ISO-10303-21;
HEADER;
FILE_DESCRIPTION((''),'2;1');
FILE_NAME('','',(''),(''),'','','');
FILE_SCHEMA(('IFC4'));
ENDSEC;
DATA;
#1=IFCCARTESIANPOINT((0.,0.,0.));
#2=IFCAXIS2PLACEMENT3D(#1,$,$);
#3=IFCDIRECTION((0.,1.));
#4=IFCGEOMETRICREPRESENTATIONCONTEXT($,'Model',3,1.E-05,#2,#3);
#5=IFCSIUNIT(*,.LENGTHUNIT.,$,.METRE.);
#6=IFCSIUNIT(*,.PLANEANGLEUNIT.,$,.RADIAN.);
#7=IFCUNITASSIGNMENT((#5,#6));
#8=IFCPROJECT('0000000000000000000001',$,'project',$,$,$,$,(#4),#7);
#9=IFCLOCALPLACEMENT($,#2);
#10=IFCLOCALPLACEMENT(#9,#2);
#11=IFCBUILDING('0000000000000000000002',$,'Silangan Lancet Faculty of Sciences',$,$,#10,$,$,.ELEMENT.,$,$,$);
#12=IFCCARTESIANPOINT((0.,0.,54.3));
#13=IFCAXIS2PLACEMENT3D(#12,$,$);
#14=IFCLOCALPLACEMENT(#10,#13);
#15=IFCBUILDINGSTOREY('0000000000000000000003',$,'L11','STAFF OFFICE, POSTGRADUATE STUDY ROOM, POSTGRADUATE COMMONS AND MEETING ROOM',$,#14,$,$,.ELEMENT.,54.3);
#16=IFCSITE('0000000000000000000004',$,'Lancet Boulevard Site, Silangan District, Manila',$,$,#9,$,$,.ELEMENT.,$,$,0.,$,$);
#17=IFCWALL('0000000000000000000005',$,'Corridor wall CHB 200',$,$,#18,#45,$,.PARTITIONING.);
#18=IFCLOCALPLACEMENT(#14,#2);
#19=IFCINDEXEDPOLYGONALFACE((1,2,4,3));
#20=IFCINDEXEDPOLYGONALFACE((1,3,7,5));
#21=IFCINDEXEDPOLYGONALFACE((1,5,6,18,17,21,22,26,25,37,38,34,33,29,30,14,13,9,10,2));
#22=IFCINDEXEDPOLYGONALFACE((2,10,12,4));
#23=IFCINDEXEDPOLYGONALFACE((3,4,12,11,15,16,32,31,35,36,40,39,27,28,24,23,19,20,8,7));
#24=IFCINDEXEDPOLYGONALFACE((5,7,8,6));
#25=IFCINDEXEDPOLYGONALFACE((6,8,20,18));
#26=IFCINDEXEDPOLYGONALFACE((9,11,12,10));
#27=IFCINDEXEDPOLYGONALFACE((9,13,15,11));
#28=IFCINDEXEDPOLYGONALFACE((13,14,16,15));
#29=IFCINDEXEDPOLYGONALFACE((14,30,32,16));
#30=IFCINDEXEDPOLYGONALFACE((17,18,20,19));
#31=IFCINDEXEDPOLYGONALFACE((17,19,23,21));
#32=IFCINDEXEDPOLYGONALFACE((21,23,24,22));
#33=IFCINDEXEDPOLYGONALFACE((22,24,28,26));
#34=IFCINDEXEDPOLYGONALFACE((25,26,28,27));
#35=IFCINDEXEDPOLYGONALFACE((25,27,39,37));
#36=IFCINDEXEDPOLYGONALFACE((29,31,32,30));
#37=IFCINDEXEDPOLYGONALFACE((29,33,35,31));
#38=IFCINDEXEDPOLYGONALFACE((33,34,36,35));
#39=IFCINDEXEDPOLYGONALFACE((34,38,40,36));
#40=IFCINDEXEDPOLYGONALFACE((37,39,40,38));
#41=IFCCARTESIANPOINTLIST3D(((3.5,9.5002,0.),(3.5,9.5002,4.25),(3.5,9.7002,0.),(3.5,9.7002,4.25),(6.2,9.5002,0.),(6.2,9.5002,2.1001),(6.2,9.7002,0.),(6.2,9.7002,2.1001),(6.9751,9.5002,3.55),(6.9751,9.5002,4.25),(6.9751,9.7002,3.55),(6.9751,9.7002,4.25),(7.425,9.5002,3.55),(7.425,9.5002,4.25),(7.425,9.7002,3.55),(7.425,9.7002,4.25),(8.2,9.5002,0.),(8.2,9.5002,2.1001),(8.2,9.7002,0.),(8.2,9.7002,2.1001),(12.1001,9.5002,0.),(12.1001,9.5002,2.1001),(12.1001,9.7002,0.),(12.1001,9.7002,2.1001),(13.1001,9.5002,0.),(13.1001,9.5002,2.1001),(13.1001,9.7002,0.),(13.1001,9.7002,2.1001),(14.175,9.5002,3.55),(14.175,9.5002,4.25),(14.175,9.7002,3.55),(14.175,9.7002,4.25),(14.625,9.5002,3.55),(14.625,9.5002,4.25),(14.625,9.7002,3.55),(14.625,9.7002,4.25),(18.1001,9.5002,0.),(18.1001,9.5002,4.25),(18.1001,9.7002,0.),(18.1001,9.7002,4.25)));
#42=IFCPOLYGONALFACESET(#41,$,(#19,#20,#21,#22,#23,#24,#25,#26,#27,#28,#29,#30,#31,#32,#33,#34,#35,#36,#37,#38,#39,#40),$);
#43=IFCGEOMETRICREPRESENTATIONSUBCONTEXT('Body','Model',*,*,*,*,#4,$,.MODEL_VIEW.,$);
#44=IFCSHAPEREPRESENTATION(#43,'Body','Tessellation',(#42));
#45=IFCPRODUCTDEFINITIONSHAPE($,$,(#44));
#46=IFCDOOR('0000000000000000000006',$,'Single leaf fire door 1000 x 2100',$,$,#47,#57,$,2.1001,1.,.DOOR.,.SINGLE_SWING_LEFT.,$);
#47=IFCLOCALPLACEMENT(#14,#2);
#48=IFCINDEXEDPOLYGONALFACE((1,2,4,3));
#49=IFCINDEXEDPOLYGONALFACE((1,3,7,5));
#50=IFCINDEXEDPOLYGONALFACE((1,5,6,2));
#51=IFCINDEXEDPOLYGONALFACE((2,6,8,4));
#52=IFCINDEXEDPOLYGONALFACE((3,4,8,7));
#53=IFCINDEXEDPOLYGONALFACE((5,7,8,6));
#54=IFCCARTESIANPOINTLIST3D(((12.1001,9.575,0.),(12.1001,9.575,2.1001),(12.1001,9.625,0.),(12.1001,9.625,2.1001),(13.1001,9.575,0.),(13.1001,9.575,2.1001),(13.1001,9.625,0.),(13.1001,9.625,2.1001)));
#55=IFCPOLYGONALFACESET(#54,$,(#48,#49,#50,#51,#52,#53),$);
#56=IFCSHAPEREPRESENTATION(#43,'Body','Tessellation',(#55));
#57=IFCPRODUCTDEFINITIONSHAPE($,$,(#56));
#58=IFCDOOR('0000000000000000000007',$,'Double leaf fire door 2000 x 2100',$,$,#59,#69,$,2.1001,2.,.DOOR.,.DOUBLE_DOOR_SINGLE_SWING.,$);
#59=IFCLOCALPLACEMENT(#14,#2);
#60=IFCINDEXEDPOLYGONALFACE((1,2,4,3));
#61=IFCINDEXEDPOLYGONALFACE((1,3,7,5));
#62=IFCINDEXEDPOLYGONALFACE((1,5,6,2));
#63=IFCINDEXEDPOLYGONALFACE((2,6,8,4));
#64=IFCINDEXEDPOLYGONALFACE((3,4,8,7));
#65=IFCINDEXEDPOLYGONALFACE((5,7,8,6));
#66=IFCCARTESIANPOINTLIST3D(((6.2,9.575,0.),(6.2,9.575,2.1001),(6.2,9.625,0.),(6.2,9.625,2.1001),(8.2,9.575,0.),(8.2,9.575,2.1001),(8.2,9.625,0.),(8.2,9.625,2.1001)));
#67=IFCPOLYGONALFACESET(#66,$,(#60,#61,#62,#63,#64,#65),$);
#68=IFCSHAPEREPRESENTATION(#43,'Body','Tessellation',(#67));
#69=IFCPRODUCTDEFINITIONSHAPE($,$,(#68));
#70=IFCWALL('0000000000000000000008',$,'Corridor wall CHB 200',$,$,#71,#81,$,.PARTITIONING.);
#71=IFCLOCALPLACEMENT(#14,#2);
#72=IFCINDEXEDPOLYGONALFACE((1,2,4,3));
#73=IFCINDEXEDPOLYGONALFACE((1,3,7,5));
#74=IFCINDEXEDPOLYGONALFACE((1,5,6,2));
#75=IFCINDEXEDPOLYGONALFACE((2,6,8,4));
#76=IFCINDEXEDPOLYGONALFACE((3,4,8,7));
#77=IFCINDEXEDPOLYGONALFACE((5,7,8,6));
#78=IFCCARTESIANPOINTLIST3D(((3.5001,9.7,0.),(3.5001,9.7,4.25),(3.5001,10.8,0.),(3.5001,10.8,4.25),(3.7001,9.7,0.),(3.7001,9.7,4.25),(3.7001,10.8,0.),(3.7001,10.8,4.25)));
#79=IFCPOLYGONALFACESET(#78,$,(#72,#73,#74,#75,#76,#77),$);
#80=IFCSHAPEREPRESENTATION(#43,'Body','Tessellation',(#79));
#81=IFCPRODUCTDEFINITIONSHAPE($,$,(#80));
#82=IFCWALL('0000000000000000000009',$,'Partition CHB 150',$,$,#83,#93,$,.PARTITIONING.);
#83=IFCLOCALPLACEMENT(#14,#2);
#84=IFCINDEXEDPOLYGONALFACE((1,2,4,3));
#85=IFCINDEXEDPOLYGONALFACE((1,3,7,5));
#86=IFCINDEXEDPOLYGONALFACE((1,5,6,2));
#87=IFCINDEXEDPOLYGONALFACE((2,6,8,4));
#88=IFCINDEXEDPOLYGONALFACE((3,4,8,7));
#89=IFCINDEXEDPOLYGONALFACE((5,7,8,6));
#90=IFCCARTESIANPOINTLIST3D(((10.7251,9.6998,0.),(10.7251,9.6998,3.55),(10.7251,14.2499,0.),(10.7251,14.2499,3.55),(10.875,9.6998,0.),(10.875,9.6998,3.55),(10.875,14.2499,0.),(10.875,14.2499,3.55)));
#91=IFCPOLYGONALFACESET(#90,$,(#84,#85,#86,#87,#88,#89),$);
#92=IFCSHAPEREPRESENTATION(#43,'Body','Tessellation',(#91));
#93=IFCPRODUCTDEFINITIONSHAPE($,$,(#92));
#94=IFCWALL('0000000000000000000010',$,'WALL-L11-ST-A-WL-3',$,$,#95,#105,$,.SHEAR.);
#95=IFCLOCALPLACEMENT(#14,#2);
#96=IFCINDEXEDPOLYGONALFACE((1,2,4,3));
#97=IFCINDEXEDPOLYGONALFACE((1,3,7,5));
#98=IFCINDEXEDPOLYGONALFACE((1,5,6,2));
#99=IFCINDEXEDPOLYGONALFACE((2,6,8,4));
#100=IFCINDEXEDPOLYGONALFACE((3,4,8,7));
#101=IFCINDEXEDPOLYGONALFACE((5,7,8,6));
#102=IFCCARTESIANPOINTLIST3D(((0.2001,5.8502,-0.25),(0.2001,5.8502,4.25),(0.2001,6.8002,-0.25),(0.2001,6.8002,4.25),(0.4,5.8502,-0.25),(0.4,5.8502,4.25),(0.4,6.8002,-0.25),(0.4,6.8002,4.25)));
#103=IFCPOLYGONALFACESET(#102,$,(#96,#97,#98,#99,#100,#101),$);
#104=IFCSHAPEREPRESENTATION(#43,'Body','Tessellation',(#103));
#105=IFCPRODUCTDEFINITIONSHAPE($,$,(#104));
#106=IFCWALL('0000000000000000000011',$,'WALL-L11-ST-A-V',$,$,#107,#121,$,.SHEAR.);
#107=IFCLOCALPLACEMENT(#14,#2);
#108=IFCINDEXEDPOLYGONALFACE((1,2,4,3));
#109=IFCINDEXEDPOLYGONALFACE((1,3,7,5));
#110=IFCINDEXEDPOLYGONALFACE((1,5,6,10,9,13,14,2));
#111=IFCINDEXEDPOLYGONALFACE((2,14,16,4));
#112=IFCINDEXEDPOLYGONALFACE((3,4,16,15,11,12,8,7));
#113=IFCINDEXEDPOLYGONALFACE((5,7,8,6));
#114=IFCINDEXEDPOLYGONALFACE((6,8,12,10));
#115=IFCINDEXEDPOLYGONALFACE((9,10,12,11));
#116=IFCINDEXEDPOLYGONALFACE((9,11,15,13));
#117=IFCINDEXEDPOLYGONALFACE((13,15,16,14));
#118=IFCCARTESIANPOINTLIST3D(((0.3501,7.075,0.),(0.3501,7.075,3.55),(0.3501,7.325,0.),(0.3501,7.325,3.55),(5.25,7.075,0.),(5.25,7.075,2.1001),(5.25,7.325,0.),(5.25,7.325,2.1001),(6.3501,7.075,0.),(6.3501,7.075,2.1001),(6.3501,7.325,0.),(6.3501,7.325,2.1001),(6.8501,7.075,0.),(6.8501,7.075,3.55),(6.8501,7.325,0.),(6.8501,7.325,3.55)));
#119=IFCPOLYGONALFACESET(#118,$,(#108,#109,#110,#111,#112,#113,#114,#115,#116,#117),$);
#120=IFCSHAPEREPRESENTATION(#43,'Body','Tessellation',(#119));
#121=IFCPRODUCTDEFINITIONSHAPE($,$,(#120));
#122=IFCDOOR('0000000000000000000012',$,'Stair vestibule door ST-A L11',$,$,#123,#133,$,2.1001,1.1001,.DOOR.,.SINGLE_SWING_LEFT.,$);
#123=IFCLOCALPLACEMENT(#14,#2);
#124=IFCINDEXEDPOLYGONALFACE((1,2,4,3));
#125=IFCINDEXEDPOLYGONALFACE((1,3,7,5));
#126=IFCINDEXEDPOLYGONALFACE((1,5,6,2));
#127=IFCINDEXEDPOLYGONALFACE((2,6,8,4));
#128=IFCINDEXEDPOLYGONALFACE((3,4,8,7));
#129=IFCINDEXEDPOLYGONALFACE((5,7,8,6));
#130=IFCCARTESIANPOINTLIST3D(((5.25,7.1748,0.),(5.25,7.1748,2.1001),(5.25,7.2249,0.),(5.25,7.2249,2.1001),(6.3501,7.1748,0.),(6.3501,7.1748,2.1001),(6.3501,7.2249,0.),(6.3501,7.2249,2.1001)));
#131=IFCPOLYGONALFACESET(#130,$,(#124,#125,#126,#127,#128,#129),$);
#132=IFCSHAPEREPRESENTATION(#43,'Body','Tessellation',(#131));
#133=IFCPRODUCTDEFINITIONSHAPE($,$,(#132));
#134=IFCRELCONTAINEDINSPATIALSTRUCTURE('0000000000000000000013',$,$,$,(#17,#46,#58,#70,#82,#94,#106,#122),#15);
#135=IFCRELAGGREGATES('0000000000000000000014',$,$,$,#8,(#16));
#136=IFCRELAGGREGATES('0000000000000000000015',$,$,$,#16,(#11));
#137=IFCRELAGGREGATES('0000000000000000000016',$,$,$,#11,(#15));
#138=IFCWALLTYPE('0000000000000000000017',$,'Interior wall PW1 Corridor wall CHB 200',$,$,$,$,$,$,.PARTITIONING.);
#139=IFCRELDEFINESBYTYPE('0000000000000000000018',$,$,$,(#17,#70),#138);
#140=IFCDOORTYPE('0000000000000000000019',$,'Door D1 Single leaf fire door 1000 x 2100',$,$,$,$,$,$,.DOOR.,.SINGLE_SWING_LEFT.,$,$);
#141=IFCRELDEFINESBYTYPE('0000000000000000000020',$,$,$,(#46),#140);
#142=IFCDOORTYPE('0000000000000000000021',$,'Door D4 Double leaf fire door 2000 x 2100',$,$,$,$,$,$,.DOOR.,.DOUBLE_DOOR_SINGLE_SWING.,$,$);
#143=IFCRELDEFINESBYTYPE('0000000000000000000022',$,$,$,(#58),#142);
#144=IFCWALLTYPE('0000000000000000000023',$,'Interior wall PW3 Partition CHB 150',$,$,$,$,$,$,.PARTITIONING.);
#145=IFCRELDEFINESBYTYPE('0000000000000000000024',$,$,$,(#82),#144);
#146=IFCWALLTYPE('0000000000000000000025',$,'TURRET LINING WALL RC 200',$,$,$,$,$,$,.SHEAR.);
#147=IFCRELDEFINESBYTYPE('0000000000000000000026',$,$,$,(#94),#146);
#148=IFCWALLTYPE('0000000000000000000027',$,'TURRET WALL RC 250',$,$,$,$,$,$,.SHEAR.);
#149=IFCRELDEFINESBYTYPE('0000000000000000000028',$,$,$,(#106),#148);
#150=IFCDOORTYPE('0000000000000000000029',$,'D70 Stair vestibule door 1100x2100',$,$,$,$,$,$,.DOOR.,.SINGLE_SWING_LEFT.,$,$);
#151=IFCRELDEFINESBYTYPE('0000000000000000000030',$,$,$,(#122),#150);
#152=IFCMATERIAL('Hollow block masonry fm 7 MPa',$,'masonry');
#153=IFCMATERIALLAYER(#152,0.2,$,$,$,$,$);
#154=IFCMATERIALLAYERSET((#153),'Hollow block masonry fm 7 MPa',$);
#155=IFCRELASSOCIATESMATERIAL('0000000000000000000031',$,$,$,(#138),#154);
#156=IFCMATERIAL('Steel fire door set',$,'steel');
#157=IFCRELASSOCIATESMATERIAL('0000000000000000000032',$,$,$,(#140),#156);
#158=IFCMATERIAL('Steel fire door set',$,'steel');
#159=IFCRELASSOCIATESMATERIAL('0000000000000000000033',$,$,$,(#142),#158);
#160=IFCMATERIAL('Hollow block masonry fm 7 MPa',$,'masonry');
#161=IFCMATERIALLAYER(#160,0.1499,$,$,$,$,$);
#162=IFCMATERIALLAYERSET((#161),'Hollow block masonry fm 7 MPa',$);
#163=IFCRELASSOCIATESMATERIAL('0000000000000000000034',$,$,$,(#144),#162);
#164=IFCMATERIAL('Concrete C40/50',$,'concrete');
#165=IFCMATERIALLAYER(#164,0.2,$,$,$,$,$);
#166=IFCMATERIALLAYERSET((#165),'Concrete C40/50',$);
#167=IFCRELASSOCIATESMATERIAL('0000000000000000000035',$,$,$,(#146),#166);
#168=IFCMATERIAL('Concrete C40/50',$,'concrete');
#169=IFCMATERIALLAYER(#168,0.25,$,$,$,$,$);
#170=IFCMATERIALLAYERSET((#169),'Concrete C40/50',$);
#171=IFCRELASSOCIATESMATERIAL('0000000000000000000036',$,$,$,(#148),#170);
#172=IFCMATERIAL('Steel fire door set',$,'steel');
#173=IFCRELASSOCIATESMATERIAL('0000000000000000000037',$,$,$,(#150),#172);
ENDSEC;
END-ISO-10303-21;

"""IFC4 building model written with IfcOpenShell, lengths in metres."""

from ifc_helpers import new_model, si_unit, direction, frame, frame_2d, origin, place, context, subcontext, project, spatial, polyline, rectangle, outline, extrude, material, layer, layer_set, type_object, element, fill, save


model = new_model("IFC4")

# Units and contexts
model_context = context("Model", 3, precision=1e-05, world=origin(), true_north=direction((0.0, 1.0)))
body_context = subcontext(model_context, "Body", "Model", "MODEL_VIEW")
ifc_project = project(units=[si_unit("LENGTHUNIT", "METRE"), si_unit("PLANEANGLEUNIT", "RADIAN")], contexts=[model_context])

# Site, building, storey
site_placement = place(None, origin())
site = spatial("IfcSite", under=ifc_project, at=site_placement, Name="Lancet Boulevard Site, Silangan District, Manila", CompositionType="ELEMENT", RefElevation=0.0)
building_placement = place(site_placement, origin())
building = spatial("IfcBuilding", under=site, at=building_placement, Name="Silangan Lancet Faculty of Sciences", CompositionType="ELEMENT")
storey_placement = place(building_placement, frame((0.0, 0.0, 54.3)))
storey = spatial("IfcBuildingStorey", under=building, at=storey_placement, Name="L11", Description="STAFF OFFICE, POSTGRADUATE STUDY ROOM, POSTGRADUATE COMMONS AND MEETING ROOM", CompositionType="ELEMENT", Elevation=54.3)

# Shared definitions
ifc_material_1 = material(Name="Hollow block masonry fm 7 MPa", Category="masonry")
ifc_layer_1 = layer(ifc_material_1, 0.2)
ifc_layer_set_1 = layer_set([ifc_layer_1], Name="Hollow block masonry fm 7 MPa")
wall_type_1 = type_object("IfcWallType", Name="Interior wall PW1 Corridor wall CHB 200", PredefinedType="PARTITIONING", material=ifc_layer_set_1)
ifc_material_2 = material(Name="Steel fire door set", Category="steel")
door_type_1 = type_object("IfcDoorType", Name="Door D1 Single leaf fire door 1000 x 2100", OperationType="SINGLE_SWING_LEFT", PredefinedType="DOOR", material=ifc_material_2)

# Wall, openings, doors
wall_1_placement = place(storey_placement, frame((3.5, 9.6001, 0.0), z_axis=(0.0, 0.0, 1.0), x_axis=(1.0, 0.0, 0.0)))
wall_1 = element("IfcWall", 1, at=wall_1_placement, inside=storey, type_object=wall_type_1, Name="Corridor wall CHB 200", PredefinedType="PARTITIONING", context=body_context, shape_type="SweptSolid", body=[
    extrude(outline(polyline([(0.0, 0.0), (14.6001, 0.0), (14.6001, 4.25), (11.125, 4.25), (11.125, 3.55), (10.675, 3.55), (10.675, 4.25), (3.925, 4.25), (3.925, 3.55), (3.4751, 3.55), (3.4751, 4.25), (0.0, 4.25), (0.0, 0.0)])), frame((0.0, 0.1001, 0.0), z_axis=(0.0, -1.0, 0.0), x_axis=(1.0, 0.0, 0.0)), (0.0, 0.0, 1.0), 0.2),
])
opening_1_placement = place(wall_1_placement, frame((2.7, 0.0, 0.0)))
opening_1 = element("IfcOpeningElement", 2, at=opening_1_placement, cuts=wall_1, PredefinedType="OPENING", context=body_context, shape_type="SweptSolid", body=[
    extrude(rectangle(XDim=2.0, YDim=2.1001, at=frame_2d((1.0, 1.05))), frame((0.0, 0.1099, 0.0), z_axis=(0.0, -1.0, 0.0), x_axis=(1.0, 0.0, 0.0)), (0.0, 0.0, 1.0), 0.22),
])
opening_2_placement = place(wall_1_placement, frame((8.6001, 0.0, 0.0)))
opening_2 = element("IfcOpeningElement", 3, at=opening_2_placement, cuts=wall_1, PredefinedType="OPENING", context=body_context, shape_type="SweptSolid", body=[
    extrude(rectangle(XDim=1.0, YDim=2.1001, at=frame_2d((0.5, 1.05))), frame((0.0, 0.1099, 0.0), z_axis=(0.0, -1.0, 0.0), x_axis=(1.0, 0.0, 0.0)), (0.0, 0.0, 1.0), 0.22),
])
door_1_placement = place(opening_2_placement, origin())
door_1 = element("IfcDoor", 4, at=door_1_placement, inside=storey, type_object=door_type_1, Name="Single leaf fire door 1000 x 2100", OperationType="SINGLE_SWING_LEFT", OverallHeight=2.1001, OverallWidth=1.0, PredefinedType="DOOR", context=body_context, shape_type="SweptSolid", body=[
    extrude(rectangle(XDim=1.0, YDim=2.1001, at=frame_2d((0.5, 1.05))), frame((0.0, 0.0249, 0.0), z_axis=(0.0, -1.0, 0.0), x_axis=(1.0, 0.0, 0.0)), (0.0, 0.0, 1.0), 0.05),
])
fill(opening_2, door_1)
ifc_material_3 = material(Name="Steel fire door set", Category="steel")
door_type_2 = type_object("IfcDoorType", Name="Door D4 Double leaf fire door 2000 x 2100", OperationType="DOUBLE_DOOR_SINGLE_SWING", PredefinedType="DOOR", material=ifc_material_3)
door_2_placement = place(opening_1_placement, origin())
door_2 = element("IfcDoor", 5, at=door_2_placement, inside=storey, type_object=door_type_2, Name="Double leaf fire door 2000 x 2100", OperationType="DOUBLE_DOOR_SINGLE_SWING", OverallHeight=2.1001, OverallWidth=2.0, PredefinedType="DOOR", context=body_context, shape_type="SweptSolid", body=[
    extrude(rectangle(XDim=2.0, YDim=2.1001, at=frame_2d((1.0, 1.05))), frame((0.0, 0.0249, 0.0), z_axis=(0.0, -1.0, 0.0), x_axis=(1.0, 0.0, 0.0)), (0.0, 0.0, 1.0), 0.05),
])
fill(opening_1, door_2)

# Walls
wall_2_placement = place(storey_placement, frame((3.6001, 9.7, 0.0), z_axis=(0.0, 0.0, 1.0), x_axis=(0.0, 1.0, 0.0)))
element("IfcWall", 6, at=wall_2_placement, inside=storey, type_object=wall_type_1, Name="Corridor wall CHB 200", PredefinedType="PARTITIONING", context=body_context, shape_type="SweptSolid", body=[
    extrude(rectangle(XDim=1.1001, YDim=0.2, at=frame_2d((0.55, 0.0))), origin(), (0.0, 0.0, 1.0), 4.25),
])
ifc_material_4 = material(Name="Hollow block masonry fm 7 MPa", Category="masonry")
ifc_layer_2 = layer(ifc_material_4, 0.1499)
ifc_layer_set_2 = layer_set([ifc_layer_2], Name="Hollow block masonry fm 7 MPa")
wall_type_2 = type_object("IfcWallType", Name="Interior wall PW3 Partition CHB 150", PredefinedType="PARTITIONING", material=ifc_layer_set_2)
wall_3_placement = place(storey_placement, frame((10.8, 9.7, 0.0), z_axis=(0.0, 0.0, 1.0), x_axis=(0.0, 1.0, 0.0)))
element("IfcWall", 7, at=wall_3_placement, inside=storey, type_object=wall_type_2, Name="Partition CHB 150", PredefinedType="PARTITIONING", context=body_context, shape_type="SweptSolid", body=[
    extrude(rectangle(XDim=4.55, YDim=0.1499, at=frame_2d((2.2749, 0.0))), origin(), (0.0, 0.0, 1.0), 3.55),
])
ifc_material_5 = material(Name="Concrete C40/50", Category="concrete")
ifc_layer_3 = layer(ifc_material_5, 0.2)
ifc_layer_set_3 = layer_set([ifc_layer_3], Name="Concrete C40/50")
wall_type_3 = type_object("IfcWallType", Name="TURRET LINING WALL RC 200", PredefinedType="SHEAR", material=ifc_layer_set_3)
wall_4_placement = place(storey_placement, frame((0.3, 5.8501, -0.25), z_axis=(0.0, 0.0, 1.0), x_axis=(0.0, 1.0, 0.0)))
element("IfcWall", 8, at=wall_4_placement, inside=storey, type_object=wall_type_3, Name="WALL-L11-ST-A-WL-3", PredefinedType="SHEAR", context=body_context, shape_type="SweptSolid", body=[
    extrude(rectangle(XDim=0.95, YDim=0.2, at=frame_2d((0.4751, 0.0))), origin(), (0.0, 0.0, 1.0), 4.5),
])

# Wall, opening, door
ifc_material_6 = material(Name="Concrete C40/50", Category="concrete")
ifc_layer_4 = layer(ifc_material_6, 0.25)
ifc_layer_set_4 = layer_set([ifc_layer_4], Name="Concrete C40/50")
wall_type_4 = type_object("IfcWallType", Name="TURRET WALL RC 250", PredefinedType="SHEAR", material=ifc_layer_set_4)
wall_5_placement = place(storey_placement, frame((0.3501, 7.2, 0.0), z_axis=(0.0, 0.0, 1.0), x_axis=(1.0, 0.0, 0.0)))
wall_5 = element("IfcWall", 9, at=wall_5_placement, inside=storey, type_object=wall_type_4, Name="WALL-L11-ST-A-V", PredefinedType="SHEAR", context=body_context, shape_type="SweptSolid", body=[
    extrude(rectangle(XDim=6.5, YDim=0.25, at=frame_2d((3.25, 0.0))), origin(), (0.0, 0.0, 1.0), 3.55),
])
opening_3_placement = place(wall_5_placement, frame((4.8999, 0.0, 0.0)))
opening_3 = element("IfcOpeningElement", 10, at=opening_3_placement, cuts=wall_5, PredefinedType="OPENING", context=body_context, shape_type="SweptSolid", body=[
    extrude(rectangle(XDim=1.1001, YDim=2.1001, at=frame_2d((0.55, 1.05))), frame((0.0, 0.135, 0.0), z_axis=(0.0, -1.0, 0.0), x_axis=(1.0, 0.0, 0.0)), (0.0, 0.0, 1.0), 0.27),
])
ifc_material_7 = material(Name="Steel fire door set", Category="steel")
door_type_3 = type_object("IfcDoorType", Name="D70 Stair vestibule door 1100x2100", OperationType="SINGLE_SWING_LEFT", PredefinedType="DOOR", material=ifc_material_7)
door_3_placement = place(opening_3_placement, frame((1.1001, 0.0, 0.0), z_axis=(0.0, 0.0, 1.0), x_axis=(-1.0, 0.0, 0.0)))
door_3 = element("IfcDoor", 11, at=door_3_placement, inside=storey, type_object=door_type_3, Name="Stair vestibule door ST-A L11", OperationType="SINGLE_SWING_LEFT", OverallHeight=2.1001, OverallWidth=1.1001, PredefinedType="DOOR", context=body_context, shape_type="SweptSolid", body=[
    extrude(rectangle(XDim=1.1001, YDim=2.1001, at=frame_2d((0.55, 1.05))), frame((0.0, 0.0251, 0.0), z_axis=(0.0, -1.0, 0.0), x_axis=(1.0, 0.0, 0.0)), (0.0, 0.0, 1.0), 0.05),
])
fill(opening_3, door_3)

save(model, "model.ifc")
